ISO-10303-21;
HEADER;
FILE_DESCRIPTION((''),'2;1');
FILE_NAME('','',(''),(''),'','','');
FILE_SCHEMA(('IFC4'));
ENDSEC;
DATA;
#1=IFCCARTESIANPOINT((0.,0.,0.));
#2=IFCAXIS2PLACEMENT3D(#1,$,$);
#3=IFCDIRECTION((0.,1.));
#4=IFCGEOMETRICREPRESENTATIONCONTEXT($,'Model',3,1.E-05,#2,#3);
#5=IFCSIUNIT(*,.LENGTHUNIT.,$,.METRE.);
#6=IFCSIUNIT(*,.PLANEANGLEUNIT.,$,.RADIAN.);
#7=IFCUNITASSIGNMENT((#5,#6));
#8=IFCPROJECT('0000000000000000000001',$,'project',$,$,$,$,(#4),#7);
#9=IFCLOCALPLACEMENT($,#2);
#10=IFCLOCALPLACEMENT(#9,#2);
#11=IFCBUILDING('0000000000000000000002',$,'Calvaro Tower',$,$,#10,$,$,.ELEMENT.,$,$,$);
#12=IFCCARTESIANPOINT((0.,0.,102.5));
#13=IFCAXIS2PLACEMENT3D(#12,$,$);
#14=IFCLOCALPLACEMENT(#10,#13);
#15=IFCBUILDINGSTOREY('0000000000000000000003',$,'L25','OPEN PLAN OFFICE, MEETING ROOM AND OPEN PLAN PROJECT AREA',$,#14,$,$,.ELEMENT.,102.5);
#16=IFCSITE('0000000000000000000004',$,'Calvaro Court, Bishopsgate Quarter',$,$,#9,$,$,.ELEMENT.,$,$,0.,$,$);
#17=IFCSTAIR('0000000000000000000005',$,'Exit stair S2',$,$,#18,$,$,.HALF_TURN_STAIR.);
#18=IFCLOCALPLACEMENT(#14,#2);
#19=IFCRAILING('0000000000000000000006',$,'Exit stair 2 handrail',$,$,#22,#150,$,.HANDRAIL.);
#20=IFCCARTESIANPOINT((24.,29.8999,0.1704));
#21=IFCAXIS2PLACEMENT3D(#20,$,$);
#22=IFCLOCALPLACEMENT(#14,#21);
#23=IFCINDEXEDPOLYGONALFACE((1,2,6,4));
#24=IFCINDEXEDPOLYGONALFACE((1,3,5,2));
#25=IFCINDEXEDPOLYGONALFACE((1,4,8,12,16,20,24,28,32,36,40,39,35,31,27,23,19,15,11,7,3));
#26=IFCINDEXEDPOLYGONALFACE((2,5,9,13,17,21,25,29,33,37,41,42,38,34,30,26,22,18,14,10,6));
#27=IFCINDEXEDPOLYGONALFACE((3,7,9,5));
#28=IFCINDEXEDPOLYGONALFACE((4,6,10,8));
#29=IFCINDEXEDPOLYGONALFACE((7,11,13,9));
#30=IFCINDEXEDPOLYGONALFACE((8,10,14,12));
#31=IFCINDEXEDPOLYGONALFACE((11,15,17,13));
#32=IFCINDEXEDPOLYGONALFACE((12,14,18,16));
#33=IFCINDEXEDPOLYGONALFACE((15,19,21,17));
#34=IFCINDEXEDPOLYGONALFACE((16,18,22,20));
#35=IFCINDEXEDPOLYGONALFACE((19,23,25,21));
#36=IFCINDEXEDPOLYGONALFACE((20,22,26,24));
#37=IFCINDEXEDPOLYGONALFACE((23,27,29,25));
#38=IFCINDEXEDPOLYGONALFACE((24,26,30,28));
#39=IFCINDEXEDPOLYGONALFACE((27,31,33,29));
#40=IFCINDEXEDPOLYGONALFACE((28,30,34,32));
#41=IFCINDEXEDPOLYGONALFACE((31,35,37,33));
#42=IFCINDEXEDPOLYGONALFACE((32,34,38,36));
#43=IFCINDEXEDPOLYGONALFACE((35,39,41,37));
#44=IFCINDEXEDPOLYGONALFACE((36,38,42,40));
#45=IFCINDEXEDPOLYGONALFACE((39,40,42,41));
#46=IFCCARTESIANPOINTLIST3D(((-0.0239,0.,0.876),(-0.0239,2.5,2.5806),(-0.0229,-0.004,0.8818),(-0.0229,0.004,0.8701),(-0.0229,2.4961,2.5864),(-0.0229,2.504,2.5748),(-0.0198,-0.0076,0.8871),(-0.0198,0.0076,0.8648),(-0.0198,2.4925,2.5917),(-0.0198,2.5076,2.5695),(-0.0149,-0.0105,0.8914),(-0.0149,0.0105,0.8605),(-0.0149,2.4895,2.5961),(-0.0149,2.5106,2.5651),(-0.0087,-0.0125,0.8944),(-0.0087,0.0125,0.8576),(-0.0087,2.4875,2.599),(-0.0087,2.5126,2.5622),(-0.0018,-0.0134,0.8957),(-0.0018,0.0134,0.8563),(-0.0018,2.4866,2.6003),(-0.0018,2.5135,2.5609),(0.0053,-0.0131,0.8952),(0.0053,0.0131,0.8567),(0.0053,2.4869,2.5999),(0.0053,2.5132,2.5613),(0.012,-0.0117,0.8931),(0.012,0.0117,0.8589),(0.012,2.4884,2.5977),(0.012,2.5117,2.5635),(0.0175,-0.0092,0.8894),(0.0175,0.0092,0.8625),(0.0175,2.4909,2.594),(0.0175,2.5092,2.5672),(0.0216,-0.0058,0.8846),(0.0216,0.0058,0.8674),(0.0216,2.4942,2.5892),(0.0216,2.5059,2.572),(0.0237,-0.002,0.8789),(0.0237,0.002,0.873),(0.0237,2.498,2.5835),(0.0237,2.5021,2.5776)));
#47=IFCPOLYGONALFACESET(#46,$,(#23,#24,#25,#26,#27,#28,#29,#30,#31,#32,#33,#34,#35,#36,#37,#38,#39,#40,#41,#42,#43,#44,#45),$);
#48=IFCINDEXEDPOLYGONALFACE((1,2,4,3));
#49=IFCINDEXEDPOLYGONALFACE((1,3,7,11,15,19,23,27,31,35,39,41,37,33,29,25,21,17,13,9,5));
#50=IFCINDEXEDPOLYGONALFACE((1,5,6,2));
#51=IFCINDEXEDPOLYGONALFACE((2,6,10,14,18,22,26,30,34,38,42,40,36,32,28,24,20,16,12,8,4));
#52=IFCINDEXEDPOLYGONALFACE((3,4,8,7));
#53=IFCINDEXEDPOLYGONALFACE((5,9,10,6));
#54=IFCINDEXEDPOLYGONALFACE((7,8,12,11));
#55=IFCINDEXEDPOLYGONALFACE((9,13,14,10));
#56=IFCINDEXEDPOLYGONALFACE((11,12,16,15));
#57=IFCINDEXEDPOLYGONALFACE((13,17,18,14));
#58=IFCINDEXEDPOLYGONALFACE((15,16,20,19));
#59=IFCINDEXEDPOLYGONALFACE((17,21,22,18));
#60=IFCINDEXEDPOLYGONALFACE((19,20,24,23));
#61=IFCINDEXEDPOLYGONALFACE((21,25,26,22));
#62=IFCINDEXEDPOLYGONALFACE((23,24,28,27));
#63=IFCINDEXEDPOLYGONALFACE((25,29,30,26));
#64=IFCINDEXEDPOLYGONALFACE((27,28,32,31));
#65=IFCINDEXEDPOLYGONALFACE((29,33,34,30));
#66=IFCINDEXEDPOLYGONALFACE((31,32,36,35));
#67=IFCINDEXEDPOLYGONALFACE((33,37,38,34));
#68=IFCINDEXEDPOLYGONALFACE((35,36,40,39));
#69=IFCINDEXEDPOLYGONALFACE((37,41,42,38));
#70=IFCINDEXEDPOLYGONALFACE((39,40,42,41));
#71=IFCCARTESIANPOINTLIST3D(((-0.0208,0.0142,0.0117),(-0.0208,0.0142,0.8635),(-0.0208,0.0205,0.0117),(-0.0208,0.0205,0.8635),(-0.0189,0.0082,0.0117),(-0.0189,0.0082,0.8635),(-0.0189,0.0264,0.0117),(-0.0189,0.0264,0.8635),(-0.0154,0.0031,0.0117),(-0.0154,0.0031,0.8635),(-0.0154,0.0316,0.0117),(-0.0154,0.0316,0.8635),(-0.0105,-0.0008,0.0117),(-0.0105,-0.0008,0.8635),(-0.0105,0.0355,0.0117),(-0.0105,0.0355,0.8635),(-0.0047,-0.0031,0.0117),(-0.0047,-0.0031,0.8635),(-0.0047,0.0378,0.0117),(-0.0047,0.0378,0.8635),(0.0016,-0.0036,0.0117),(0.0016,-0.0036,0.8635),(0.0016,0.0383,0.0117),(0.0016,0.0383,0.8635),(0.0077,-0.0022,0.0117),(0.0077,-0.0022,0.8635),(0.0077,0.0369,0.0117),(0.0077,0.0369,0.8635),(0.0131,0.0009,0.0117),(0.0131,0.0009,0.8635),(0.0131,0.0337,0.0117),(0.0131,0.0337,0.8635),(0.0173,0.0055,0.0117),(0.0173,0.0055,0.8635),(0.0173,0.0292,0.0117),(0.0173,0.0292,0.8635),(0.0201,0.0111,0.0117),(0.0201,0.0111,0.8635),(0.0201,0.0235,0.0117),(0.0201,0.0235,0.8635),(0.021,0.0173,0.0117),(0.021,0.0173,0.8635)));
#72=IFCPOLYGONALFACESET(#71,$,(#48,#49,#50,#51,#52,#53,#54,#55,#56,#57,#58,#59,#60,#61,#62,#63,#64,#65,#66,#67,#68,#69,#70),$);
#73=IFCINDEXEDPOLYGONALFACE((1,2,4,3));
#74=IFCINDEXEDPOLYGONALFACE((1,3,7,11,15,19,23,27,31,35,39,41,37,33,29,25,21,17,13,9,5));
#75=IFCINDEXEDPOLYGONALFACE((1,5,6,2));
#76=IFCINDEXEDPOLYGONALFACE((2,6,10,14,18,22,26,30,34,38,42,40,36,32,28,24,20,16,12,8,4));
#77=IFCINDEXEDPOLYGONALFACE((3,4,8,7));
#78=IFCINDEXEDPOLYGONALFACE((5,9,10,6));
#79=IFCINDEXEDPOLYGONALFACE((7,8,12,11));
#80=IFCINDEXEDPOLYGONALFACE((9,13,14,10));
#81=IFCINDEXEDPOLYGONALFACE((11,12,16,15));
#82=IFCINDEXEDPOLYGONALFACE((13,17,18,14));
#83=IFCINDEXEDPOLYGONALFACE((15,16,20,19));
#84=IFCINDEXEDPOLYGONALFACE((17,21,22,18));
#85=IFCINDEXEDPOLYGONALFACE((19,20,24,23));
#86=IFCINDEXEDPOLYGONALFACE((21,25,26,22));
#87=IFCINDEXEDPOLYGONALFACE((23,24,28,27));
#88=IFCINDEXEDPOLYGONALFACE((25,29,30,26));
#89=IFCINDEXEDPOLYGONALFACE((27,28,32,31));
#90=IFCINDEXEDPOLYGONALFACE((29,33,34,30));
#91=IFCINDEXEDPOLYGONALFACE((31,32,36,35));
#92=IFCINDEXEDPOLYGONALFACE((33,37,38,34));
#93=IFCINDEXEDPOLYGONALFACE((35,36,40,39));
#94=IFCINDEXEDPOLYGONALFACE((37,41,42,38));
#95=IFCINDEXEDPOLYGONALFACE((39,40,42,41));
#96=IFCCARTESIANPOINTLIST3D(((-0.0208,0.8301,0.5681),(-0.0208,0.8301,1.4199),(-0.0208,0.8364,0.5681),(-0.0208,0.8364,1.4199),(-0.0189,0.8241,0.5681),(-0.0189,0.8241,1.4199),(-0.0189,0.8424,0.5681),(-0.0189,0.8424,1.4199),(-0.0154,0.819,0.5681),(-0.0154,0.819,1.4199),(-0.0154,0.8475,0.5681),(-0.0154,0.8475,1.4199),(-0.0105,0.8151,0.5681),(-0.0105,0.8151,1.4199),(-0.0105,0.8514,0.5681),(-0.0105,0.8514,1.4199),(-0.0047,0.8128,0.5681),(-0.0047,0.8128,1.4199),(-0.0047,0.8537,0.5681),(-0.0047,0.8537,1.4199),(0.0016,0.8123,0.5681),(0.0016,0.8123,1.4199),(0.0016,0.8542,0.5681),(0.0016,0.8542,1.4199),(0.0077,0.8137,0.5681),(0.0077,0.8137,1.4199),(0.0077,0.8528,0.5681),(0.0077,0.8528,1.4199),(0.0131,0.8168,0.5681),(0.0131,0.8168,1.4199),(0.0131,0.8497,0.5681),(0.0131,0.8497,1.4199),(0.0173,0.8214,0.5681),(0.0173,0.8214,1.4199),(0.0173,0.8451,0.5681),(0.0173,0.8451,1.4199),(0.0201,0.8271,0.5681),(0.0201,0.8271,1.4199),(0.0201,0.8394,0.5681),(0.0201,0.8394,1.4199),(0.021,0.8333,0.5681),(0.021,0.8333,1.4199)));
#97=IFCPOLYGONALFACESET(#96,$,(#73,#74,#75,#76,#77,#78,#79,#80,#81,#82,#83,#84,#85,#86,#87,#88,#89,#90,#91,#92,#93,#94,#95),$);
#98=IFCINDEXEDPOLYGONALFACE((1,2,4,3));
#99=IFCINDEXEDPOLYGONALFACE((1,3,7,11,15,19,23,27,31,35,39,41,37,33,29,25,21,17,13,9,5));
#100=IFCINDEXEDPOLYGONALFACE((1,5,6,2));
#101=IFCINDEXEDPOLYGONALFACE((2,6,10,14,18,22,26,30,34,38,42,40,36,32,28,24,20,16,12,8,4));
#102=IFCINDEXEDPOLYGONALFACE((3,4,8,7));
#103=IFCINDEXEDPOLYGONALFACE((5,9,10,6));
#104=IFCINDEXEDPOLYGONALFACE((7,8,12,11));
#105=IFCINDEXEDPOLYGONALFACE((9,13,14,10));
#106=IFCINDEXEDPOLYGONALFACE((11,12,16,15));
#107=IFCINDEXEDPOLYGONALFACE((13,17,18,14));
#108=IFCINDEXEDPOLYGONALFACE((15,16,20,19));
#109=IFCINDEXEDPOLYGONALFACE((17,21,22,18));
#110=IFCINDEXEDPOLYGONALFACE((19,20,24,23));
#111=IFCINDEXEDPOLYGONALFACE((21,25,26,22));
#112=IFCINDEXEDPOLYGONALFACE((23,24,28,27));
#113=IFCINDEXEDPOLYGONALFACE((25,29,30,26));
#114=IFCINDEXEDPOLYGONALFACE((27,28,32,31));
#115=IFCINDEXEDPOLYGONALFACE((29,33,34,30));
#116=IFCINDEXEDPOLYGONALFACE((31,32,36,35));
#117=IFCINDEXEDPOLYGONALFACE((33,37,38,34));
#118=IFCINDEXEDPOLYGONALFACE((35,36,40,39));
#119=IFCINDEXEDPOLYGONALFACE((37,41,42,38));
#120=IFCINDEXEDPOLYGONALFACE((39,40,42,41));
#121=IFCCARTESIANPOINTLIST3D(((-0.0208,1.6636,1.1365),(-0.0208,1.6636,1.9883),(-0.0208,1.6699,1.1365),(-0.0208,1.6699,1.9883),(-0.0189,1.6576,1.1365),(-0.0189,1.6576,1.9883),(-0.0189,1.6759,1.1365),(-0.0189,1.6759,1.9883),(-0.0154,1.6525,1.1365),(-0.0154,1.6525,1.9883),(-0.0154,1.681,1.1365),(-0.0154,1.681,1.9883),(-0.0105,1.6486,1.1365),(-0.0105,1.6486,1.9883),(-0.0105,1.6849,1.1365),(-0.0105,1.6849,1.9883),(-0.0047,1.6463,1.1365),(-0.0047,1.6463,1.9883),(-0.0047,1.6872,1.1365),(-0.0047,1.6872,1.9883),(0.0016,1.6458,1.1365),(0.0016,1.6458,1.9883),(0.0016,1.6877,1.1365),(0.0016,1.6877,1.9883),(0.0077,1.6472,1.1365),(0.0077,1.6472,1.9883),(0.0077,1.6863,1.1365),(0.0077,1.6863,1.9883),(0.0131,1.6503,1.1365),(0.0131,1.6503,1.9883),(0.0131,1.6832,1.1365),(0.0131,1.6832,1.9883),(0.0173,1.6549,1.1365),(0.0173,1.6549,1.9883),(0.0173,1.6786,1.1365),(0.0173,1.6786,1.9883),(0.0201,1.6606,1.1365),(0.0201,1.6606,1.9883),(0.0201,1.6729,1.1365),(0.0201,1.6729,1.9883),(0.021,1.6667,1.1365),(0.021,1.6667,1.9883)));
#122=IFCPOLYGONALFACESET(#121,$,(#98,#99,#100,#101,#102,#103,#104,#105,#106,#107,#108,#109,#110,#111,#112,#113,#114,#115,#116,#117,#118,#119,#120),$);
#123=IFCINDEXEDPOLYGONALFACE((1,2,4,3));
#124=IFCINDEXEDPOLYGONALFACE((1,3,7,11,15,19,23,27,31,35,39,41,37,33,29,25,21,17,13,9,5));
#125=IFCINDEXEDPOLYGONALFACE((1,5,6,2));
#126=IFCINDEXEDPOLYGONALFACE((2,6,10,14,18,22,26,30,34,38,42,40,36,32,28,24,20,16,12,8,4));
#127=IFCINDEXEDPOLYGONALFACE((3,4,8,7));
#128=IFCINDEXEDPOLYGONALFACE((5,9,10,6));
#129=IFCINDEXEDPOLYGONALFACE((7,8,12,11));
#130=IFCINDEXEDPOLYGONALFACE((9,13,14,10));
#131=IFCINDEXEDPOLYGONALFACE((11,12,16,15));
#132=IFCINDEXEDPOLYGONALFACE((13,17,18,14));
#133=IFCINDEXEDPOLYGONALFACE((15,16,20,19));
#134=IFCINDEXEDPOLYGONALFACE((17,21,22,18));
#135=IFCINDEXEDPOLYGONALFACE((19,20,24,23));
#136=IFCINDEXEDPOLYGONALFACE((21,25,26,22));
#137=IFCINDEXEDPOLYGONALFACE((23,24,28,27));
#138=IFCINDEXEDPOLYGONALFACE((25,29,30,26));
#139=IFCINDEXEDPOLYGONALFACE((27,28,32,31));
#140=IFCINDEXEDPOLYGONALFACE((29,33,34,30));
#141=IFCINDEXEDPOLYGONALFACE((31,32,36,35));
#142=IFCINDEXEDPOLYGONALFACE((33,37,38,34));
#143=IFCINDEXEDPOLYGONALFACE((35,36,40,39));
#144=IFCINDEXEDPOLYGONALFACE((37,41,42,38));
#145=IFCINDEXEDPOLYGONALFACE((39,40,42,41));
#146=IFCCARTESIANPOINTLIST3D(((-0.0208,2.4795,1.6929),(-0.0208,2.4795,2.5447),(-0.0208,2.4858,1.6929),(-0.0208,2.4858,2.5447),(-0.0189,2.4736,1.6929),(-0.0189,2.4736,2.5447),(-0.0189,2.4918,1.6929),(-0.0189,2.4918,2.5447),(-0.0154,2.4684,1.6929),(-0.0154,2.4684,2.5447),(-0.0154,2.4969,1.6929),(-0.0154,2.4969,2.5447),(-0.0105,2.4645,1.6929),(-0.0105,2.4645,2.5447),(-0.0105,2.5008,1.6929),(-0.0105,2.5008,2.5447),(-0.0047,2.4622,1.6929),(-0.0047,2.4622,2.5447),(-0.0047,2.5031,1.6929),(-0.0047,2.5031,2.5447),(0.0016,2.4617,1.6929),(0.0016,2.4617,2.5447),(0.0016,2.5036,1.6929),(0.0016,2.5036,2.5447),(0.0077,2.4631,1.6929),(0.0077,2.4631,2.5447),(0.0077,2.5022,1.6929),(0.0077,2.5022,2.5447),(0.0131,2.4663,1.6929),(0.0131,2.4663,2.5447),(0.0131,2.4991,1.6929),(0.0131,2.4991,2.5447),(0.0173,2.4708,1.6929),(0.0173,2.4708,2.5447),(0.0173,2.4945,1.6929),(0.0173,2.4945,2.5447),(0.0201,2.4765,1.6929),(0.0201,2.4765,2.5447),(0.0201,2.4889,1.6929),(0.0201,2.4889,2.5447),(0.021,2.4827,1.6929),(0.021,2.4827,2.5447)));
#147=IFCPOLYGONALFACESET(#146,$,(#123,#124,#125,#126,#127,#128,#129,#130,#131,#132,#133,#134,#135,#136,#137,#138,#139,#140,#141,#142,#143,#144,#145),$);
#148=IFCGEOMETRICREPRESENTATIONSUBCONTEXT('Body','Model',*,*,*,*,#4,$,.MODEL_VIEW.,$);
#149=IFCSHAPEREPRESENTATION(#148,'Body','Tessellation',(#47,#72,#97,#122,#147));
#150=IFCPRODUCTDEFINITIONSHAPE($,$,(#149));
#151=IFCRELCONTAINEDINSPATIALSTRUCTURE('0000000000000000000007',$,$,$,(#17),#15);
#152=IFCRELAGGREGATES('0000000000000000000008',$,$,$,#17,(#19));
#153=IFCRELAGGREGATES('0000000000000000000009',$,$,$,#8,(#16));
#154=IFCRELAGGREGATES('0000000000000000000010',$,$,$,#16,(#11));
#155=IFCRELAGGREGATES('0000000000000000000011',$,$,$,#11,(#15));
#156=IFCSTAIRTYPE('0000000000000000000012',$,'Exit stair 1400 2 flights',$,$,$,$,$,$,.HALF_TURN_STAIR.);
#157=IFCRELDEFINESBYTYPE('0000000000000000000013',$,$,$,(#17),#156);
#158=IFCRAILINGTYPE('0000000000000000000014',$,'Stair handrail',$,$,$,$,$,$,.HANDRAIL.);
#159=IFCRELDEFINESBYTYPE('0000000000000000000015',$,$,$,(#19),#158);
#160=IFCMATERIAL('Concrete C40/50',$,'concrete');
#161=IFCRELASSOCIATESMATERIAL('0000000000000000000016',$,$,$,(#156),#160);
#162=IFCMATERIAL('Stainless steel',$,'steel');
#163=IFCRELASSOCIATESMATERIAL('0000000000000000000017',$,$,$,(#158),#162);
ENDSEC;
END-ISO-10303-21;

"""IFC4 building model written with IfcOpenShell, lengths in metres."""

from ifc_helpers import new_model, si_unit, direction, frame, origin, origin_2d, place, context, subcontext, project, spatial, circle, extrude, material, type_object, element, aggregate, save


model = new_model("IFC4")

# Units and contexts
model_context = context("Model", 3, precision=1e-05, world=origin(), true_north=direction((0.0, 1.0)))
body_context = subcontext(model_context, "Body", "Model", "MODEL_VIEW")
ifc_project = project(units=[si_unit("LENGTHUNIT", "METRE"), si_unit("PLANEANGLEUNIT", "RADIAN")], contexts=[model_context])

# Site, building, storey
site_placement = place(None, origin())
site = spatial("IfcSite", under=ifc_project, at=site_placement, Name="Calvaro Court, Bishopsgate Quarter", CompositionType="ELEMENT", RefElevation=0.0)
building_placement = place(site_placement, origin())
building = spatial("IfcBuilding", under=site, at=building_placement, Name="Calvaro Tower", CompositionType="ELEMENT")
storey_placement = place(building_placement, frame((0.0, 0.0, 102.5)))
storey = spatial("IfcBuildingStorey", under=building, at=storey_placement, Name="L25", Description="OPEN PLAN OFFICE, MEETING ROOM AND OPEN PLAN PROJECT AREA", CompositionType="ELEMENT", Elevation=102.5)

# Stair, railing
ifc_material_1 = material(Name="Concrete C40/50", Category="concrete")
stair_type = type_object("IfcStairType", Name="Exit stair 1400 2 flights", PredefinedType="HALF_TURN_STAIR", material=ifc_material_1)
stair_placement = place(storey_placement, origin())
stair = element("IfcStair", 1, at=stair_placement, inside=storey, type_object=stair_type, Name="Exit stair S2", PredefinedType="HALF_TURN_STAIR")
ifc_material_2 = material(Name="Stainless steel", Category="steel")
railing_type = type_object("IfcRailingType", Name="Stair handrail", PredefinedType="HANDRAIL", material=ifc_material_2)
railing_placement = place(storey_placement, frame((24.0, 29.8999, 0.1704)))
railing = element("IfcRailing", 2, at=railing_placement, type_object=railing_type, Name="Exit stair 2 handrail", PredefinedType="HANDRAIL", context=body_context, shape_type="SweptSolid", body=[
    extrude(circle(Radius=0.0239, at=origin_2d()), frame((0.0, 0.0, 0.876), z_axis=(0.0, 0.826221, 0.563347), x_axis=(-1.0, 0.0, 0.0)), (0.0, 0.0, 1.0), 3.0259),
    extrude(circle(Radius=0.021, at=origin_2d()), frame((0.0, 0.0173, 0.0117)), (0.0, 0.0, 1.0), 0.8518),
    extrude(circle(Radius=0.021, at=origin_2d()), frame((0.0, 0.8333, 0.5681)), (0.0, 0.0, 1.0), 0.8518),
    extrude(circle(Radius=0.021, at=origin_2d()), frame((0.0, 1.6667, 1.1365)), (0.0, 0.0, 1.0), 0.8518),
    extrude(circle(Radius=0.021, at=origin_2d()), frame((0.0, 2.4827, 1.6929)), (0.0, 0.0, 1.0), 0.8518),
])
aggregate(stair, [railing])

save(model, "model.ifc")
